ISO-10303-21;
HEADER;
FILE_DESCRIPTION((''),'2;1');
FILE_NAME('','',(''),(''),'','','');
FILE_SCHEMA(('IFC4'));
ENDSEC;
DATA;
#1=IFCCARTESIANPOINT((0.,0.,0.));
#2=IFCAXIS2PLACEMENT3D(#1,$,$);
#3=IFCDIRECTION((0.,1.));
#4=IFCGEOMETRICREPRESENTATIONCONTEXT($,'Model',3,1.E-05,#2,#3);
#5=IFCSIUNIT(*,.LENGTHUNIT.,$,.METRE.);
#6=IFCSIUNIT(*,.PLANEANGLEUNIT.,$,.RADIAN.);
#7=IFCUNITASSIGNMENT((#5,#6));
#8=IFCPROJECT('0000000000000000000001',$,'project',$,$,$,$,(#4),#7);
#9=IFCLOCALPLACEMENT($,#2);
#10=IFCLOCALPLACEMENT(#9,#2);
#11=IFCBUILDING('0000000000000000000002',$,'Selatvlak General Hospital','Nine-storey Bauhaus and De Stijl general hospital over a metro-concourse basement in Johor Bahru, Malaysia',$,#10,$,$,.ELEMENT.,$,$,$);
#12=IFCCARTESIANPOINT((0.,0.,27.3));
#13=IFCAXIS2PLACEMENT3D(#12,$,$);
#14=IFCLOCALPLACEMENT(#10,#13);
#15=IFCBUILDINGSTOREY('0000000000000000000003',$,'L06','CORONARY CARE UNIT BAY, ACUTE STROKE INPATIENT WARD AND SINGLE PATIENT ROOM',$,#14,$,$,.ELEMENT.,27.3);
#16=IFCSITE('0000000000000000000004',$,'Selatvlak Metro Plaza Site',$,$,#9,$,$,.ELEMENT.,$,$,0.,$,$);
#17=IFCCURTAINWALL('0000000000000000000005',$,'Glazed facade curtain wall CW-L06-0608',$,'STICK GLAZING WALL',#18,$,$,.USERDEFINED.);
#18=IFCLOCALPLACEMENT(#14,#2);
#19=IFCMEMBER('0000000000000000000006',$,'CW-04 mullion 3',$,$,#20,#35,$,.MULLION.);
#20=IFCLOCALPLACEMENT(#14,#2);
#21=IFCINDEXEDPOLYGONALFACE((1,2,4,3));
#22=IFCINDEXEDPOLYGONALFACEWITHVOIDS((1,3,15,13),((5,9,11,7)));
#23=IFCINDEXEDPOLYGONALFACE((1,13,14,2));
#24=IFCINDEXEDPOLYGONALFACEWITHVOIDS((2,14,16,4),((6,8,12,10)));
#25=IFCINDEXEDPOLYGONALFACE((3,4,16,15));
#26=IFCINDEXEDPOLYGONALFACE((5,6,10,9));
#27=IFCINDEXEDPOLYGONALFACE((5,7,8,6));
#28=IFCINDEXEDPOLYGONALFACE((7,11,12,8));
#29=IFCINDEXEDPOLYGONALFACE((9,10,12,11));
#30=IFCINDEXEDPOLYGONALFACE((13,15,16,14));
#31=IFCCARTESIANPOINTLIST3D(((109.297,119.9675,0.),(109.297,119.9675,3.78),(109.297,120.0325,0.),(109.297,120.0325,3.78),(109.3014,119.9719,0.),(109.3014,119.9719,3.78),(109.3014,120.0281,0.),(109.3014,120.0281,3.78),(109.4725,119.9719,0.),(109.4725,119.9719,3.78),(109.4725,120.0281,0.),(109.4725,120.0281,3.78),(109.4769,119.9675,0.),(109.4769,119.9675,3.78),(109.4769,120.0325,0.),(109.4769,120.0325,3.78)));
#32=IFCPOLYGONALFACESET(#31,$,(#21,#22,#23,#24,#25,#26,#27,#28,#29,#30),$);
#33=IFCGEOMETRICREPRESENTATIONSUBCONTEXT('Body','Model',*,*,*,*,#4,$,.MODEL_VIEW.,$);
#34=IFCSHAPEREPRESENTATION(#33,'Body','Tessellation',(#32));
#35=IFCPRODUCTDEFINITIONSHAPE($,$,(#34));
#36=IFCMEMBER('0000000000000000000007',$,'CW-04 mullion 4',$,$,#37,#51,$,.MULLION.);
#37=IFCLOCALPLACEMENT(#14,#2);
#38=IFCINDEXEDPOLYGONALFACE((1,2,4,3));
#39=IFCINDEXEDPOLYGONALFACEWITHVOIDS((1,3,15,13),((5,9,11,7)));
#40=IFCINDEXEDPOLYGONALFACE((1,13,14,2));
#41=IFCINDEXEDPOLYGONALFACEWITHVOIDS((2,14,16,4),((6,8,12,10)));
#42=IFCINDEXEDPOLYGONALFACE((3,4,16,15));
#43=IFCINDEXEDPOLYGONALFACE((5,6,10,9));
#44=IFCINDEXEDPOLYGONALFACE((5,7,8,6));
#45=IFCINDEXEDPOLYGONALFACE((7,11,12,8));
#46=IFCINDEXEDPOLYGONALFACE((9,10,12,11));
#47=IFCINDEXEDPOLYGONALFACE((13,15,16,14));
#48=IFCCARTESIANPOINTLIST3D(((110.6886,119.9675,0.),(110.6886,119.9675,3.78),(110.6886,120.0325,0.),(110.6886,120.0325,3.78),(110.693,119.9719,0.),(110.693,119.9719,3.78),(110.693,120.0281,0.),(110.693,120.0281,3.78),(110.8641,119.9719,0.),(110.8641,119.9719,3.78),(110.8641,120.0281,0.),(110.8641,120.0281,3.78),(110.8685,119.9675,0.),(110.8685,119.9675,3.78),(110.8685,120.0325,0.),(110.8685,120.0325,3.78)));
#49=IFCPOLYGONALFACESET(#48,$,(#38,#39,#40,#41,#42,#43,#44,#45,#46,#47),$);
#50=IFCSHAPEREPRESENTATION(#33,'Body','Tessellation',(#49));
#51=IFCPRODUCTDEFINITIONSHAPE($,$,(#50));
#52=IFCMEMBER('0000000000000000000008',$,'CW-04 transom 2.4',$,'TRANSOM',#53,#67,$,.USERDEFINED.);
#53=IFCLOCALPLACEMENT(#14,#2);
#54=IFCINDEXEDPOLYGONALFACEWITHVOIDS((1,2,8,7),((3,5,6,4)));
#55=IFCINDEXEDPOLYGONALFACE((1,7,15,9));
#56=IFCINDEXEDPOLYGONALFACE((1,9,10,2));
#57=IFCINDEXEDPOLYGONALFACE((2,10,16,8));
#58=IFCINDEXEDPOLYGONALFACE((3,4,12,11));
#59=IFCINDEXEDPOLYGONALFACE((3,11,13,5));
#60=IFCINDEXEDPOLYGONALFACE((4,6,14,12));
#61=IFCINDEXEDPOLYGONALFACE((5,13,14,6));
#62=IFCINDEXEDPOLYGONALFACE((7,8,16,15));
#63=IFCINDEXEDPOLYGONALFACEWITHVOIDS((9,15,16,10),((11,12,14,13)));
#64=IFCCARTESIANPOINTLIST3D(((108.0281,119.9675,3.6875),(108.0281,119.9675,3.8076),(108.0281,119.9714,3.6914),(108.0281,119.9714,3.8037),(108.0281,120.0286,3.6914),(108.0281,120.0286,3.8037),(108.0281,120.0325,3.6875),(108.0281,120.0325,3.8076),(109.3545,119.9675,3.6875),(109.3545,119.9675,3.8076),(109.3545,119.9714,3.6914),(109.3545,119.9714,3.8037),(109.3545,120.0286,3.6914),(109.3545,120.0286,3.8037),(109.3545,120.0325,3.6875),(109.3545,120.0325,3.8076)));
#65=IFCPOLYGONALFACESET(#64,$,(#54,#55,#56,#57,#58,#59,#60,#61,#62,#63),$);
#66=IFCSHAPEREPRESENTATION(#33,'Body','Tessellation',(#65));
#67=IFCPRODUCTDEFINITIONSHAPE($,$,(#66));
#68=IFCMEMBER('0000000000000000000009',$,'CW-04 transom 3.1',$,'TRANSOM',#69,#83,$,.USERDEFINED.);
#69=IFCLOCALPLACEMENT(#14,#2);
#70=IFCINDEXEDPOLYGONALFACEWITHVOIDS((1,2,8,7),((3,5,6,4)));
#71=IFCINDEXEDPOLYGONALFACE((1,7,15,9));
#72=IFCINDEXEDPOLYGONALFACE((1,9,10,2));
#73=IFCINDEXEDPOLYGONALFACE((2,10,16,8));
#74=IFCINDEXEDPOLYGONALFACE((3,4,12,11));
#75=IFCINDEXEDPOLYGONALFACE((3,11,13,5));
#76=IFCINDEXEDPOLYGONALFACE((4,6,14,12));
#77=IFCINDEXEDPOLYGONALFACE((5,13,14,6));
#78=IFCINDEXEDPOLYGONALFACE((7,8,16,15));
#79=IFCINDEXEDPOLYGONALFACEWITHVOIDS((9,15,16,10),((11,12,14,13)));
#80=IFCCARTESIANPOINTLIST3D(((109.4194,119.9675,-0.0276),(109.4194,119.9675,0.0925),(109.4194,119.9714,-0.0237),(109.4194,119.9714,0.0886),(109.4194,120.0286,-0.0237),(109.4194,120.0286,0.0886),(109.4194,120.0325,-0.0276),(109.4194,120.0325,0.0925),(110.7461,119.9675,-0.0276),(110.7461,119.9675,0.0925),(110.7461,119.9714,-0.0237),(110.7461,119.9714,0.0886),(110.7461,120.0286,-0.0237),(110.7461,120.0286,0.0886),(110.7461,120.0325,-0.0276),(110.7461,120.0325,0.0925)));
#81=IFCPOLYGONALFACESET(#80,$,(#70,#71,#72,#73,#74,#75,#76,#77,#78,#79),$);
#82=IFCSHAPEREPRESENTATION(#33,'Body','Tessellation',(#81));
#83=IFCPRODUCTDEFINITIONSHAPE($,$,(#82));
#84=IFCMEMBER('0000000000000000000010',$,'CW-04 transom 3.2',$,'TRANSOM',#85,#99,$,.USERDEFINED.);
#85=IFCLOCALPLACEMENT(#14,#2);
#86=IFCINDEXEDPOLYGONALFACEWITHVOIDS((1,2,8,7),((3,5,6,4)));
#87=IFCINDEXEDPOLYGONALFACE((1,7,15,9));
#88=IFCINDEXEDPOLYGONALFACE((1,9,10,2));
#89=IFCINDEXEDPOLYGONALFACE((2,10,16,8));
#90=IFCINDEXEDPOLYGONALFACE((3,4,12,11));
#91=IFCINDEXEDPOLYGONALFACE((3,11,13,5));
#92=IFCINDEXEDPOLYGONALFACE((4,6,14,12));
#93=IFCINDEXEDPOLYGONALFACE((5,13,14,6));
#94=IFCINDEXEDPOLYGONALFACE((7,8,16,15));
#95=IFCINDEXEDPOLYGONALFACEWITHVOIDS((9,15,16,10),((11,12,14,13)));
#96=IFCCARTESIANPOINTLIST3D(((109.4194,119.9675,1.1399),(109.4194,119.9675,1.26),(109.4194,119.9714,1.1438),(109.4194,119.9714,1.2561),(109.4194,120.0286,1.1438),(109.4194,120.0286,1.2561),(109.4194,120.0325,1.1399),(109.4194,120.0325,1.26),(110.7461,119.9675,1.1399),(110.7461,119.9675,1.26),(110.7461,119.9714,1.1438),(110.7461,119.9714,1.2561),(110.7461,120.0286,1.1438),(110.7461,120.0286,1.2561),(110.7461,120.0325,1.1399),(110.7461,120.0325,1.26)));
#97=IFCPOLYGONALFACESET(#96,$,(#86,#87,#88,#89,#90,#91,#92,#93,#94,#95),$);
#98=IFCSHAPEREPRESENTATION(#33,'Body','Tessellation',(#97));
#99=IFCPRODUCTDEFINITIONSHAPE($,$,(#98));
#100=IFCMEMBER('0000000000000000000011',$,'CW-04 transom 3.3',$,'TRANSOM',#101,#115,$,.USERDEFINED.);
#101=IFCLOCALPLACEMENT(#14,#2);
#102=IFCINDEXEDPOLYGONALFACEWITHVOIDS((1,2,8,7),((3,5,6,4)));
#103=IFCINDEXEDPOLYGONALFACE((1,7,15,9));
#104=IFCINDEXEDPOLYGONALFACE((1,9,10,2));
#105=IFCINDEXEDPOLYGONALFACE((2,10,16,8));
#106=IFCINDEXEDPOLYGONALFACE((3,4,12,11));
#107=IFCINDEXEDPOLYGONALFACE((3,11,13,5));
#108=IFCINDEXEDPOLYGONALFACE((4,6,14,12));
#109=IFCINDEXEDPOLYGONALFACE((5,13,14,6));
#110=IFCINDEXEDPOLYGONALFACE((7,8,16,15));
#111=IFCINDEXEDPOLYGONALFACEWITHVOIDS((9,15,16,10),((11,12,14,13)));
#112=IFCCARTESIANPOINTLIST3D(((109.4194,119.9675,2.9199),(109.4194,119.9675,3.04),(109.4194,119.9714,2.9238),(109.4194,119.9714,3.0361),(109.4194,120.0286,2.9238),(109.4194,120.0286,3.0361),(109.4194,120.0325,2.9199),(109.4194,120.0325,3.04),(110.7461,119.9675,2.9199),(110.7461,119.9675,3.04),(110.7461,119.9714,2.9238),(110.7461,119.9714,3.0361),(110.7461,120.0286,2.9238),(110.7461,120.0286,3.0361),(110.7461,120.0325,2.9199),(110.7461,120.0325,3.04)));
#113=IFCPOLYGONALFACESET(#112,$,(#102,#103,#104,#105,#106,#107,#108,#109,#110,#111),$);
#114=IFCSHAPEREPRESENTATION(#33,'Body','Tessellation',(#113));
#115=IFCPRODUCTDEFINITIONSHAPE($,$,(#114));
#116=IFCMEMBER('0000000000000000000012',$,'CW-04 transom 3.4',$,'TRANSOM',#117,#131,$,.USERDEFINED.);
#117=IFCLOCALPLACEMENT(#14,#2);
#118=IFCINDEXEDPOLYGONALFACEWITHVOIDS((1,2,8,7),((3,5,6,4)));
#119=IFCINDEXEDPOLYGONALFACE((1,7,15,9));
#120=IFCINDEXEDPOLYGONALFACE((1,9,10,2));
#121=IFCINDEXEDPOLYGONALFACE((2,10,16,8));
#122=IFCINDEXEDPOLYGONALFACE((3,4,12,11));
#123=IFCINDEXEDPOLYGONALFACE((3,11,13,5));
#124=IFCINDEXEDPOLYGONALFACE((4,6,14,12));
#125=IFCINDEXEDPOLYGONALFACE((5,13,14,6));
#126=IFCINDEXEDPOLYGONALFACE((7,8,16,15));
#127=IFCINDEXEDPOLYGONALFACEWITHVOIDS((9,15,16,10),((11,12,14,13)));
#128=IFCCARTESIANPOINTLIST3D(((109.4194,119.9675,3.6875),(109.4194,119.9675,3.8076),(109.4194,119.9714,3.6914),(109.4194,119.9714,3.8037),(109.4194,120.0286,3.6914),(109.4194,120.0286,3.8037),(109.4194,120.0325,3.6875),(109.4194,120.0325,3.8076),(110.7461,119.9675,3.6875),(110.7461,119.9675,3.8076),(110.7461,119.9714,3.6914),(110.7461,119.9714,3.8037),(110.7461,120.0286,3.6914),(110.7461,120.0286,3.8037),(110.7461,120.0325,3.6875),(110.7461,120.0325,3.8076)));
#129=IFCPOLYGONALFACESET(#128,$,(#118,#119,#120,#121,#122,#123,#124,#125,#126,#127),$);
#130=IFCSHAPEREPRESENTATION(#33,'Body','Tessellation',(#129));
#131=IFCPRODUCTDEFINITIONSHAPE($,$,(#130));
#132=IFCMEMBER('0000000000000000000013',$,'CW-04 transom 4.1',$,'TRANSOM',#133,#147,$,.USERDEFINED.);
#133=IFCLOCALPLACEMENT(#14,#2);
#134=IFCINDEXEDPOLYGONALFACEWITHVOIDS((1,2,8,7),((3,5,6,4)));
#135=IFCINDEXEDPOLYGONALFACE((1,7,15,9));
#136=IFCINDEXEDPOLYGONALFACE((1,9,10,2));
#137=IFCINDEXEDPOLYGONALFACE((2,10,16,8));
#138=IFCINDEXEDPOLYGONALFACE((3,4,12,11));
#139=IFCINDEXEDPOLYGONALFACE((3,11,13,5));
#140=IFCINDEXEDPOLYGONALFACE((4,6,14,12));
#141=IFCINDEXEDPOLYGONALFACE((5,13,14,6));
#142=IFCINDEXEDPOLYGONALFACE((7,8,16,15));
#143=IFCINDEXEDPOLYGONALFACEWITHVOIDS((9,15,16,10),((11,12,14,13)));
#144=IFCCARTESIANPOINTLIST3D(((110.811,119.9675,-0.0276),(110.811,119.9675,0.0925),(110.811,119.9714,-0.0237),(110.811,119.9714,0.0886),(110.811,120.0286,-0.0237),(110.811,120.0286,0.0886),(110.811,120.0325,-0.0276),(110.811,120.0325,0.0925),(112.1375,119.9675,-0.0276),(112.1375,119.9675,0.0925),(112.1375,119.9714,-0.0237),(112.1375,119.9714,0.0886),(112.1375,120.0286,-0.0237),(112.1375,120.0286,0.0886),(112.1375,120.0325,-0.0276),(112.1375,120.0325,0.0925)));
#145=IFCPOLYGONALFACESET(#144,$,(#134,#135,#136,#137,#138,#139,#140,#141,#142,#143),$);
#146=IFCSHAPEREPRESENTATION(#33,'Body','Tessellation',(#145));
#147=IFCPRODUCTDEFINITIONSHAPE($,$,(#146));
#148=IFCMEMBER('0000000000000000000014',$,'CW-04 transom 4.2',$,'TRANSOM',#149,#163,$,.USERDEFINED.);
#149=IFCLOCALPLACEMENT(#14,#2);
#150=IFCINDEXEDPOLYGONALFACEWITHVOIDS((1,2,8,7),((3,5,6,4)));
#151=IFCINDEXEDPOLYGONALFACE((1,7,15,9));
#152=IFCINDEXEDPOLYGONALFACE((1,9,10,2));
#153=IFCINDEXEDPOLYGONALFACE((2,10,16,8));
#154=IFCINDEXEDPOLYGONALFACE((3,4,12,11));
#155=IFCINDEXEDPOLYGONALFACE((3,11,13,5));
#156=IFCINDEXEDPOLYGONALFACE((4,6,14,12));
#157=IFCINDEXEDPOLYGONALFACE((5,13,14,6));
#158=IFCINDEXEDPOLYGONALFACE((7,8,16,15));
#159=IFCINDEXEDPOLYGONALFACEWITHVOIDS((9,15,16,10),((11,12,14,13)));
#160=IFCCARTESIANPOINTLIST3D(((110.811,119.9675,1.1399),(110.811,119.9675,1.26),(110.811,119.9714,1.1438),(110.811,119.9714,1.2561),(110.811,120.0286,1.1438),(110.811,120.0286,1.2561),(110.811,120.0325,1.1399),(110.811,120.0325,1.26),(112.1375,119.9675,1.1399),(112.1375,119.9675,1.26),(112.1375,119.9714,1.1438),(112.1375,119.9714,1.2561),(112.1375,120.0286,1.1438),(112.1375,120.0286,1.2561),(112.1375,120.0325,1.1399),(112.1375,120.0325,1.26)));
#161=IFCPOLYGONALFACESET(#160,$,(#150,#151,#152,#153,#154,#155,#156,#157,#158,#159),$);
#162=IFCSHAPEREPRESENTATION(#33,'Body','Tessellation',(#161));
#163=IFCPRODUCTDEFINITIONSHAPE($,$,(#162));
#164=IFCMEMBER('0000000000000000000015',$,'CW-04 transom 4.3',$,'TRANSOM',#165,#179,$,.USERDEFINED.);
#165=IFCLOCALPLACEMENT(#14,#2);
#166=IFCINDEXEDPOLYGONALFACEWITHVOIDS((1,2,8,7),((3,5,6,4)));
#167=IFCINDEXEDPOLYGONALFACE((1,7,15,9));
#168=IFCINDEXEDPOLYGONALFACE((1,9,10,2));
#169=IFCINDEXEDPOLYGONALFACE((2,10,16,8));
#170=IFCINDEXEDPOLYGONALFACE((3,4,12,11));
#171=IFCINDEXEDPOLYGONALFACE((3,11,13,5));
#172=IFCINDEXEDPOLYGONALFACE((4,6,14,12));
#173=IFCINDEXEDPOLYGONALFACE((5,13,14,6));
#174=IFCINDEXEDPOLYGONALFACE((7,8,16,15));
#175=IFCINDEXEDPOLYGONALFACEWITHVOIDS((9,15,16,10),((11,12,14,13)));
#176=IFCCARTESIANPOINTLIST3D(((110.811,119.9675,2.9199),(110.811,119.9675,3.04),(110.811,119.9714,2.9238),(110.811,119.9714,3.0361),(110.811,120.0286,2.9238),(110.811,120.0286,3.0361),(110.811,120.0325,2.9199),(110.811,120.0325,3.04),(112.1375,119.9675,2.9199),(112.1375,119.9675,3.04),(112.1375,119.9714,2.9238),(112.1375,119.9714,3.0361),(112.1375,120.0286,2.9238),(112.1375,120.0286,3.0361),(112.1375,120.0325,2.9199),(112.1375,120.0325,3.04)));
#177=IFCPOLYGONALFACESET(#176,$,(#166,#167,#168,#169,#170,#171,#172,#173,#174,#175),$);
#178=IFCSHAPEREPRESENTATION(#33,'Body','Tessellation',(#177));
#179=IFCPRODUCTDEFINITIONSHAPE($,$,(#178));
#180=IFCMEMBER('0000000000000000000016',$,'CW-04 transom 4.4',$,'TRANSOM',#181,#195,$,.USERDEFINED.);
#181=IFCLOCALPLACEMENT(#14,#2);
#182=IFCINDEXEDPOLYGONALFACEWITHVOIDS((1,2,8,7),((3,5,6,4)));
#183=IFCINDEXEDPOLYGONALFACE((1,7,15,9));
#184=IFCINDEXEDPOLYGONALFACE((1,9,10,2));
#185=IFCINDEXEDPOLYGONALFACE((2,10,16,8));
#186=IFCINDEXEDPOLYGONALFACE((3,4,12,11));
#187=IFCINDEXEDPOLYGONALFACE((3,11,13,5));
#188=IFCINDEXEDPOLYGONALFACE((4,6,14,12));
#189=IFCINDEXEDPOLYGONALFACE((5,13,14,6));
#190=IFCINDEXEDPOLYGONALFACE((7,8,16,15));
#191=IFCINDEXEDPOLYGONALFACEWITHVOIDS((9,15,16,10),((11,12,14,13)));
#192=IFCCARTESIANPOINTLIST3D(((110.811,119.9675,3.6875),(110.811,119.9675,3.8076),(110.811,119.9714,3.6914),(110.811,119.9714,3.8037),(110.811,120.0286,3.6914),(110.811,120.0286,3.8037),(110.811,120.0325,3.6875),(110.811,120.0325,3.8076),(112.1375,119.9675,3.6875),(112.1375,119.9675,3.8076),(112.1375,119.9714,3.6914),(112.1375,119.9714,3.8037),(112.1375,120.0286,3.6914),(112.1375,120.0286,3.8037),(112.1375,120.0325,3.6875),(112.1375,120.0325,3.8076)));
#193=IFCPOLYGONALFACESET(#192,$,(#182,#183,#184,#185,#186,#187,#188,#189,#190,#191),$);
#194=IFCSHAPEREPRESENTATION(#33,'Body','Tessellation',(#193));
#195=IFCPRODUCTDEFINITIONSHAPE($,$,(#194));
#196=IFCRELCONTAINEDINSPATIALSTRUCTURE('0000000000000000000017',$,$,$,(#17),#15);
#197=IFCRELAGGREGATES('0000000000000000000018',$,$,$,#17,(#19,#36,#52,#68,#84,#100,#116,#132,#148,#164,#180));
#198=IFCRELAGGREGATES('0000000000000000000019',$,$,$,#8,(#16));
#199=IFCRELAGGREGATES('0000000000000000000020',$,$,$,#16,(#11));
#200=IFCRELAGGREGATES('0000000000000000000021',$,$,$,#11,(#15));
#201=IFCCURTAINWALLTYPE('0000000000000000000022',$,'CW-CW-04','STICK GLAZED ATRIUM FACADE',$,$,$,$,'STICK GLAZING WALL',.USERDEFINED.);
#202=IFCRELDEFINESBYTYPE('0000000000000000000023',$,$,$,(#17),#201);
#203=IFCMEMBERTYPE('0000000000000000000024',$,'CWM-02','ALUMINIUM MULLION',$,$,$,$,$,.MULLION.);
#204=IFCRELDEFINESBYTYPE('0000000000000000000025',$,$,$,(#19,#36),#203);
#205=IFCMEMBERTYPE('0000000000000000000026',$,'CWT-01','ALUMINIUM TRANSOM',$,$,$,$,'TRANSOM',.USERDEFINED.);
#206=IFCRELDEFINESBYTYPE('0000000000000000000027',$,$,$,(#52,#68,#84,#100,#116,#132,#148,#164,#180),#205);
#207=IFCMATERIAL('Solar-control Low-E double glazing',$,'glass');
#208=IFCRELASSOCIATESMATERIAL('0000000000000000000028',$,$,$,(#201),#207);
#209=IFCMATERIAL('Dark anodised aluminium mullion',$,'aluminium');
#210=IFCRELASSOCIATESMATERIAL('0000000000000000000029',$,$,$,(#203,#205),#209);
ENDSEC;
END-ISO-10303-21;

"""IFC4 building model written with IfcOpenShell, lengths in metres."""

from ifc_helpers import new_model, si_unit, direction, frame, origin, origin_2d, place, context, subcontext, project, spatial, hollow_rectangle, extrude, material, material_profile, profile_set, type_object, element, aggregate, save


model = new_model("IFC4")

# Units and contexts
model_context = context("Model", 3, precision=1e-05, world=origin(), true_north=direction((0.0, 1.0)))
body_context = subcontext(model_context, "Body", "Model", "MODEL_VIEW")
ifc_project = project(units=[si_unit("LENGTHUNIT", "METRE"), si_unit("PLANEANGLEUNIT", "RADIAN")], contexts=[model_context])

# Site, building, storey
site_placement = place(None, origin())
site = spatial("IfcSite", under=ifc_project, at=site_placement, Name="Selatvlak Metro Plaza Site", CompositionType="ELEMENT", RefElevation=0.0)
building_placement = place(site_placement, origin())
building = spatial("IfcBuilding", under=site, at=building_placement, Name="Selatvlak General Hospital", Description="Nine-storey Bauhaus and De Stijl general hospital over a metro-concourse basement in Johor Bahru, Malaysia", CompositionType="ELEMENT")
storey_placement = place(building_placement, frame((0.0, 0.0, 27.3)))
storey = spatial("IfcBuildingStorey", under=building, at=storey_placement, Name="L06", Description="CORONARY CARE UNIT BAY, ACUTE STROKE INPATIENT WARD AND SINGLE PATIENT ROOM", CompositionType="ELEMENT", Elevation=27.3)

# Curtain wall, members
ifc_material_1 = material(Name="Solar-control Low-E double glazing", Category="glass")
curtain_wall_type = type_object("IfcCurtainWallType", Name="CW-CW-04", Description="STICK GLAZED ATRIUM FACADE", ElementType="STICK GLAZING WALL", PredefinedType="USERDEFINED", material=ifc_material_1)
curtain_wall_placement = place(storey_placement, origin())
curtain_wall = element("IfcCurtainWall", 1, at=curtain_wall_placement, inside=storey, type_object=curtain_wall_type, Name="Glazed facade curtain wall CW-L06-0608", ObjectType="STICK GLAZING WALL", PredefinedType="USERDEFINED")
ifc_material_2 = material(Name="Dark anodised aluminium mullion", Category="aluminium")
ifc_material_profile_1 = material_profile(ifc_material_2, hollow_rectangle(XDim=0.0649, YDim=0.1799, WallThickness=0.0044, at=origin_2d()), Name="AL-MUL 65x180x4.5")
ifc_profile_set_1 = profile_set([ifc_material_profile_1], Name="Dark anodised aluminium mullion")
member_type_1 = type_object("IfcMemberType", Name="CWM-02", Description="ALUMINIUM MULLION", PredefinedType="MULLION", material=ifc_profile_set_1)
member_1_placement = place(storey_placement, frame((109.387, 120.0, 0.0), z_axis=(0.0, 0.0, 1.0), x_axis=(0.0, 1.0, 0.0)))
member_1 = element("IfcMember", 2, at=member_1_placement, type_object=member_type_1, Name="CW-04 mullion 3", PredefinedType="MULLION", context=body_context, shape_type="SweptSolid", body=[
    extrude(hollow_rectangle(XDim=0.0649, YDim=0.1799, WallThickness=0.0044, at=origin_2d()), origin(), (0.0, 0.0, 1.0), 3.78),
])
member_2_placement = place(storey_placement, frame((110.7786, 120.0, 0.0), z_axis=(0.0, 0.0, 1.0), x_axis=(0.0, 1.0, 0.0)))
member_2 = element("IfcMember", 3, at=member_2_placement, type_object=member_type_1, Name="CW-04 mullion 4", PredefinedType="MULLION", context=body_context, shape_type="SweptSolid", body=[
    extrude(hollow_rectangle(XDim=0.0649, YDim=0.1799, WallThickness=0.0044, at=origin_2d()), origin(), (0.0, 0.0, 1.0), 3.78),
])
ifc_material_profile_2 = material_profile(ifc_material_2, hollow_rectangle(XDim=0.0649, YDim=0.1201, WallThickness=0.0039, at=origin_2d()), Name="AL-TRN 65x120x4")
ifc_profile_set_2 = profile_set([ifc_material_profile_2], Name="Dark anodised aluminium mullion")
member_type_2 = type_object("IfcMemberType", Name="CWT-01", Description="ALUMINIUM TRANSOM", ElementType="TRANSOM", PredefinedType="USERDEFINED", material=ifc_profile_set_2)
member_3_placement = place(storey_placement, frame((108.0281, 120.0, 3.7476), z_axis=(1.0, 0.0, 0.0), x_axis=(0.0, 1.0, 0.0)))
member_3 = element("IfcMember", 4, at=member_3_placement, type_object=member_type_2, Name="CW-04 transom 2.4", ObjectType="TRANSOM", PredefinedType="USERDEFINED", context=body_context, shape_type="SweptSolid", body=[
    extrude(hollow_rectangle(XDim=0.0649, YDim=0.1201, WallThickness=0.0039, at=origin_2d()), origin(), (0.0, 0.0, 1.0), 1.3264),
])
member_4_placement = place(storey_placement, frame((109.4194, 120.0, 0.0325), z_axis=(1.0, 0.0, 0.0), x_axis=(0.0, 1.0, 0.0)))
member_4 = element("IfcMember", 5, at=member_4_placement, type_object=member_type_2, Name="CW-04 transom 3.1", ObjectType="TRANSOM", PredefinedType="USERDEFINED", context=body_context, shape_type="SweptSolid", body=[
    extrude(hollow_rectangle(XDim=0.0649, YDim=0.1201, WallThickness=0.0039, at=origin_2d()), origin(), (0.0, 0.0, 1.0), 1.3267),
])
member_5_placement = place(storey_placement, frame((109.4194, 120.0, 1.2), z_axis=(1.0, 0.0, 0.0), x_axis=(0.0, 1.0, 0.0)))
member_5 = element("IfcMember", 6, at=member_5_placement, type_object=member_type_2, Name="CW-04 transom 3.2", ObjectType="TRANSOM", PredefinedType="USERDEFINED", context=body_context, shape_type="SweptSolid", body=[
    extrude(hollow_rectangle(XDim=0.0649, YDim=0.1201, WallThickness=0.0039, at=origin_2d()), origin(), (0.0, 0.0, 1.0), 1.3267),
])
member_6_placement = place(storey_placement, frame((109.4194, 120.0, 2.98), z_axis=(1.0, 0.0, 0.0), x_axis=(0.0, 1.0, 0.0)))
member_6 = element("IfcMember", 7, at=member_6_placement, type_object=member_type_2, Name="CW-04 transom 3.3", ObjectType="TRANSOM", PredefinedType="USERDEFINED", context=body_context, shape_type="SweptSolid", body=[
    extrude(hollow_rectangle(XDim=0.0649, YDim=0.1201, WallThickness=0.0039, at=origin_2d()), origin(), (0.0, 0.0, 1.0), 1.3267),
])
member_7_placement = place(storey_placement, frame((109.4194, 120.0, 3.7476), z_axis=(1.0, 0.0, 0.0), x_axis=(0.0, 1.0, 0.0)))
member_7 = element("IfcMember", 8, at=member_7_placement, type_object=member_type_2, Name="CW-04 transom 3.4", ObjectType="TRANSOM", PredefinedType="USERDEFINED", context=body_context, shape_type="SweptSolid", body=[
    extrude(hollow_rectangle(XDim=0.0649, YDim=0.1201, WallThickness=0.0039, at=origin_2d()), origin(), (0.0, 0.0, 1.0), 1.3267),
])
member_8_placement = place(storey_placement, frame((110.811, 120.0, 0.0325), z_axis=(1.0, 0.0, 0.0), x_axis=(0.0, 1.0, 0.0)))
member_8 = element("IfcMember", 9, at=member_8_placement, type_object=member_type_2, Name="CW-04 transom 4.1", ObjectType="TRANSOM", PredefinedType="USERDEFINED", context=body_context, shape_type="SweptSolid", body=[
    extrude(hollow_rectangle(XDim=0.0649, YDim=0.1201, WallThickness=0.0039, at=origin_2d()), origin(), (0.0, 0.0, 1.0), 1.3264),
])
member_9_placement = place(storey_placement, frame((110.811, 120.0, 1.2), z_axis=(1.0, 0.0, 0.0), x_axis=(0.0, 1.0, 0.0)))
member_9 = element("IfcMember", 10, at=member_9_placement, type_object=member_type_2, Name="CW-04 transom 4.2", ObjectType="TRANSOM", PredefinedType="USERDEFINED", context=body_context, shape_type="SweptSolid", body=[
    extrude(hollow_rectangle(XDim=0.0649, YDim=0.1201, WallThickness=0.0039, at=origin_2d()), origin(), (0.0, 0.0, 1.0), 1.3264),
])
member_10_placement = place(storey_placement, frame((110.811, 120.0, 2.98), z_axis=(1.0, 0.0, 0.0), x_axis=(0.0, 1.0, 0.0)))
member_10 = element("IfcMember", 11, at=member_10_placement, type_object=member_type_2, Name="CW-04 transom 4.3", ObjectType="TRANSOM", PredefinedType="USERDEFINED", context=body_context, shape_type="SweptSolid", body=[
    extrude(hollow_rectangle(XDim=0.0649, YDim=0.1201, WallThickness=0.0039, at=origin_2d()), origin(), (0.0, 0.0, 1.0), 1.3264),
])
member_11_placement = place(storey_placement, frame((110.811, 120.0, 3.7476), z_axis=(1.0, 0.0, 0.0), x_axis=(0.0, 1.0, 0.0)))
member_11 = element("IfcMember", 12, at=member_11_placement, type_object=member_type_2, Name="CW-04 transom 4.4", ObjectType="TRANSOM", PredefinedType="USERDEFINED", context=body_context, shape_type="SweptSolid", body=[
    extrude(hollow_rectangle(XDim=0.0649, YDim=0.1201, WallThickness=0.0039, at=origin_2d()), origin(), (0.0, 0.0, 1.0), 1.3264),
])
aggregate(curtain_wall, [member_1, member_2, member_3, member_4, member_5, member_6, member_7, member_8, member_9, member_10, member_11])

save(model, "model.ifc")
